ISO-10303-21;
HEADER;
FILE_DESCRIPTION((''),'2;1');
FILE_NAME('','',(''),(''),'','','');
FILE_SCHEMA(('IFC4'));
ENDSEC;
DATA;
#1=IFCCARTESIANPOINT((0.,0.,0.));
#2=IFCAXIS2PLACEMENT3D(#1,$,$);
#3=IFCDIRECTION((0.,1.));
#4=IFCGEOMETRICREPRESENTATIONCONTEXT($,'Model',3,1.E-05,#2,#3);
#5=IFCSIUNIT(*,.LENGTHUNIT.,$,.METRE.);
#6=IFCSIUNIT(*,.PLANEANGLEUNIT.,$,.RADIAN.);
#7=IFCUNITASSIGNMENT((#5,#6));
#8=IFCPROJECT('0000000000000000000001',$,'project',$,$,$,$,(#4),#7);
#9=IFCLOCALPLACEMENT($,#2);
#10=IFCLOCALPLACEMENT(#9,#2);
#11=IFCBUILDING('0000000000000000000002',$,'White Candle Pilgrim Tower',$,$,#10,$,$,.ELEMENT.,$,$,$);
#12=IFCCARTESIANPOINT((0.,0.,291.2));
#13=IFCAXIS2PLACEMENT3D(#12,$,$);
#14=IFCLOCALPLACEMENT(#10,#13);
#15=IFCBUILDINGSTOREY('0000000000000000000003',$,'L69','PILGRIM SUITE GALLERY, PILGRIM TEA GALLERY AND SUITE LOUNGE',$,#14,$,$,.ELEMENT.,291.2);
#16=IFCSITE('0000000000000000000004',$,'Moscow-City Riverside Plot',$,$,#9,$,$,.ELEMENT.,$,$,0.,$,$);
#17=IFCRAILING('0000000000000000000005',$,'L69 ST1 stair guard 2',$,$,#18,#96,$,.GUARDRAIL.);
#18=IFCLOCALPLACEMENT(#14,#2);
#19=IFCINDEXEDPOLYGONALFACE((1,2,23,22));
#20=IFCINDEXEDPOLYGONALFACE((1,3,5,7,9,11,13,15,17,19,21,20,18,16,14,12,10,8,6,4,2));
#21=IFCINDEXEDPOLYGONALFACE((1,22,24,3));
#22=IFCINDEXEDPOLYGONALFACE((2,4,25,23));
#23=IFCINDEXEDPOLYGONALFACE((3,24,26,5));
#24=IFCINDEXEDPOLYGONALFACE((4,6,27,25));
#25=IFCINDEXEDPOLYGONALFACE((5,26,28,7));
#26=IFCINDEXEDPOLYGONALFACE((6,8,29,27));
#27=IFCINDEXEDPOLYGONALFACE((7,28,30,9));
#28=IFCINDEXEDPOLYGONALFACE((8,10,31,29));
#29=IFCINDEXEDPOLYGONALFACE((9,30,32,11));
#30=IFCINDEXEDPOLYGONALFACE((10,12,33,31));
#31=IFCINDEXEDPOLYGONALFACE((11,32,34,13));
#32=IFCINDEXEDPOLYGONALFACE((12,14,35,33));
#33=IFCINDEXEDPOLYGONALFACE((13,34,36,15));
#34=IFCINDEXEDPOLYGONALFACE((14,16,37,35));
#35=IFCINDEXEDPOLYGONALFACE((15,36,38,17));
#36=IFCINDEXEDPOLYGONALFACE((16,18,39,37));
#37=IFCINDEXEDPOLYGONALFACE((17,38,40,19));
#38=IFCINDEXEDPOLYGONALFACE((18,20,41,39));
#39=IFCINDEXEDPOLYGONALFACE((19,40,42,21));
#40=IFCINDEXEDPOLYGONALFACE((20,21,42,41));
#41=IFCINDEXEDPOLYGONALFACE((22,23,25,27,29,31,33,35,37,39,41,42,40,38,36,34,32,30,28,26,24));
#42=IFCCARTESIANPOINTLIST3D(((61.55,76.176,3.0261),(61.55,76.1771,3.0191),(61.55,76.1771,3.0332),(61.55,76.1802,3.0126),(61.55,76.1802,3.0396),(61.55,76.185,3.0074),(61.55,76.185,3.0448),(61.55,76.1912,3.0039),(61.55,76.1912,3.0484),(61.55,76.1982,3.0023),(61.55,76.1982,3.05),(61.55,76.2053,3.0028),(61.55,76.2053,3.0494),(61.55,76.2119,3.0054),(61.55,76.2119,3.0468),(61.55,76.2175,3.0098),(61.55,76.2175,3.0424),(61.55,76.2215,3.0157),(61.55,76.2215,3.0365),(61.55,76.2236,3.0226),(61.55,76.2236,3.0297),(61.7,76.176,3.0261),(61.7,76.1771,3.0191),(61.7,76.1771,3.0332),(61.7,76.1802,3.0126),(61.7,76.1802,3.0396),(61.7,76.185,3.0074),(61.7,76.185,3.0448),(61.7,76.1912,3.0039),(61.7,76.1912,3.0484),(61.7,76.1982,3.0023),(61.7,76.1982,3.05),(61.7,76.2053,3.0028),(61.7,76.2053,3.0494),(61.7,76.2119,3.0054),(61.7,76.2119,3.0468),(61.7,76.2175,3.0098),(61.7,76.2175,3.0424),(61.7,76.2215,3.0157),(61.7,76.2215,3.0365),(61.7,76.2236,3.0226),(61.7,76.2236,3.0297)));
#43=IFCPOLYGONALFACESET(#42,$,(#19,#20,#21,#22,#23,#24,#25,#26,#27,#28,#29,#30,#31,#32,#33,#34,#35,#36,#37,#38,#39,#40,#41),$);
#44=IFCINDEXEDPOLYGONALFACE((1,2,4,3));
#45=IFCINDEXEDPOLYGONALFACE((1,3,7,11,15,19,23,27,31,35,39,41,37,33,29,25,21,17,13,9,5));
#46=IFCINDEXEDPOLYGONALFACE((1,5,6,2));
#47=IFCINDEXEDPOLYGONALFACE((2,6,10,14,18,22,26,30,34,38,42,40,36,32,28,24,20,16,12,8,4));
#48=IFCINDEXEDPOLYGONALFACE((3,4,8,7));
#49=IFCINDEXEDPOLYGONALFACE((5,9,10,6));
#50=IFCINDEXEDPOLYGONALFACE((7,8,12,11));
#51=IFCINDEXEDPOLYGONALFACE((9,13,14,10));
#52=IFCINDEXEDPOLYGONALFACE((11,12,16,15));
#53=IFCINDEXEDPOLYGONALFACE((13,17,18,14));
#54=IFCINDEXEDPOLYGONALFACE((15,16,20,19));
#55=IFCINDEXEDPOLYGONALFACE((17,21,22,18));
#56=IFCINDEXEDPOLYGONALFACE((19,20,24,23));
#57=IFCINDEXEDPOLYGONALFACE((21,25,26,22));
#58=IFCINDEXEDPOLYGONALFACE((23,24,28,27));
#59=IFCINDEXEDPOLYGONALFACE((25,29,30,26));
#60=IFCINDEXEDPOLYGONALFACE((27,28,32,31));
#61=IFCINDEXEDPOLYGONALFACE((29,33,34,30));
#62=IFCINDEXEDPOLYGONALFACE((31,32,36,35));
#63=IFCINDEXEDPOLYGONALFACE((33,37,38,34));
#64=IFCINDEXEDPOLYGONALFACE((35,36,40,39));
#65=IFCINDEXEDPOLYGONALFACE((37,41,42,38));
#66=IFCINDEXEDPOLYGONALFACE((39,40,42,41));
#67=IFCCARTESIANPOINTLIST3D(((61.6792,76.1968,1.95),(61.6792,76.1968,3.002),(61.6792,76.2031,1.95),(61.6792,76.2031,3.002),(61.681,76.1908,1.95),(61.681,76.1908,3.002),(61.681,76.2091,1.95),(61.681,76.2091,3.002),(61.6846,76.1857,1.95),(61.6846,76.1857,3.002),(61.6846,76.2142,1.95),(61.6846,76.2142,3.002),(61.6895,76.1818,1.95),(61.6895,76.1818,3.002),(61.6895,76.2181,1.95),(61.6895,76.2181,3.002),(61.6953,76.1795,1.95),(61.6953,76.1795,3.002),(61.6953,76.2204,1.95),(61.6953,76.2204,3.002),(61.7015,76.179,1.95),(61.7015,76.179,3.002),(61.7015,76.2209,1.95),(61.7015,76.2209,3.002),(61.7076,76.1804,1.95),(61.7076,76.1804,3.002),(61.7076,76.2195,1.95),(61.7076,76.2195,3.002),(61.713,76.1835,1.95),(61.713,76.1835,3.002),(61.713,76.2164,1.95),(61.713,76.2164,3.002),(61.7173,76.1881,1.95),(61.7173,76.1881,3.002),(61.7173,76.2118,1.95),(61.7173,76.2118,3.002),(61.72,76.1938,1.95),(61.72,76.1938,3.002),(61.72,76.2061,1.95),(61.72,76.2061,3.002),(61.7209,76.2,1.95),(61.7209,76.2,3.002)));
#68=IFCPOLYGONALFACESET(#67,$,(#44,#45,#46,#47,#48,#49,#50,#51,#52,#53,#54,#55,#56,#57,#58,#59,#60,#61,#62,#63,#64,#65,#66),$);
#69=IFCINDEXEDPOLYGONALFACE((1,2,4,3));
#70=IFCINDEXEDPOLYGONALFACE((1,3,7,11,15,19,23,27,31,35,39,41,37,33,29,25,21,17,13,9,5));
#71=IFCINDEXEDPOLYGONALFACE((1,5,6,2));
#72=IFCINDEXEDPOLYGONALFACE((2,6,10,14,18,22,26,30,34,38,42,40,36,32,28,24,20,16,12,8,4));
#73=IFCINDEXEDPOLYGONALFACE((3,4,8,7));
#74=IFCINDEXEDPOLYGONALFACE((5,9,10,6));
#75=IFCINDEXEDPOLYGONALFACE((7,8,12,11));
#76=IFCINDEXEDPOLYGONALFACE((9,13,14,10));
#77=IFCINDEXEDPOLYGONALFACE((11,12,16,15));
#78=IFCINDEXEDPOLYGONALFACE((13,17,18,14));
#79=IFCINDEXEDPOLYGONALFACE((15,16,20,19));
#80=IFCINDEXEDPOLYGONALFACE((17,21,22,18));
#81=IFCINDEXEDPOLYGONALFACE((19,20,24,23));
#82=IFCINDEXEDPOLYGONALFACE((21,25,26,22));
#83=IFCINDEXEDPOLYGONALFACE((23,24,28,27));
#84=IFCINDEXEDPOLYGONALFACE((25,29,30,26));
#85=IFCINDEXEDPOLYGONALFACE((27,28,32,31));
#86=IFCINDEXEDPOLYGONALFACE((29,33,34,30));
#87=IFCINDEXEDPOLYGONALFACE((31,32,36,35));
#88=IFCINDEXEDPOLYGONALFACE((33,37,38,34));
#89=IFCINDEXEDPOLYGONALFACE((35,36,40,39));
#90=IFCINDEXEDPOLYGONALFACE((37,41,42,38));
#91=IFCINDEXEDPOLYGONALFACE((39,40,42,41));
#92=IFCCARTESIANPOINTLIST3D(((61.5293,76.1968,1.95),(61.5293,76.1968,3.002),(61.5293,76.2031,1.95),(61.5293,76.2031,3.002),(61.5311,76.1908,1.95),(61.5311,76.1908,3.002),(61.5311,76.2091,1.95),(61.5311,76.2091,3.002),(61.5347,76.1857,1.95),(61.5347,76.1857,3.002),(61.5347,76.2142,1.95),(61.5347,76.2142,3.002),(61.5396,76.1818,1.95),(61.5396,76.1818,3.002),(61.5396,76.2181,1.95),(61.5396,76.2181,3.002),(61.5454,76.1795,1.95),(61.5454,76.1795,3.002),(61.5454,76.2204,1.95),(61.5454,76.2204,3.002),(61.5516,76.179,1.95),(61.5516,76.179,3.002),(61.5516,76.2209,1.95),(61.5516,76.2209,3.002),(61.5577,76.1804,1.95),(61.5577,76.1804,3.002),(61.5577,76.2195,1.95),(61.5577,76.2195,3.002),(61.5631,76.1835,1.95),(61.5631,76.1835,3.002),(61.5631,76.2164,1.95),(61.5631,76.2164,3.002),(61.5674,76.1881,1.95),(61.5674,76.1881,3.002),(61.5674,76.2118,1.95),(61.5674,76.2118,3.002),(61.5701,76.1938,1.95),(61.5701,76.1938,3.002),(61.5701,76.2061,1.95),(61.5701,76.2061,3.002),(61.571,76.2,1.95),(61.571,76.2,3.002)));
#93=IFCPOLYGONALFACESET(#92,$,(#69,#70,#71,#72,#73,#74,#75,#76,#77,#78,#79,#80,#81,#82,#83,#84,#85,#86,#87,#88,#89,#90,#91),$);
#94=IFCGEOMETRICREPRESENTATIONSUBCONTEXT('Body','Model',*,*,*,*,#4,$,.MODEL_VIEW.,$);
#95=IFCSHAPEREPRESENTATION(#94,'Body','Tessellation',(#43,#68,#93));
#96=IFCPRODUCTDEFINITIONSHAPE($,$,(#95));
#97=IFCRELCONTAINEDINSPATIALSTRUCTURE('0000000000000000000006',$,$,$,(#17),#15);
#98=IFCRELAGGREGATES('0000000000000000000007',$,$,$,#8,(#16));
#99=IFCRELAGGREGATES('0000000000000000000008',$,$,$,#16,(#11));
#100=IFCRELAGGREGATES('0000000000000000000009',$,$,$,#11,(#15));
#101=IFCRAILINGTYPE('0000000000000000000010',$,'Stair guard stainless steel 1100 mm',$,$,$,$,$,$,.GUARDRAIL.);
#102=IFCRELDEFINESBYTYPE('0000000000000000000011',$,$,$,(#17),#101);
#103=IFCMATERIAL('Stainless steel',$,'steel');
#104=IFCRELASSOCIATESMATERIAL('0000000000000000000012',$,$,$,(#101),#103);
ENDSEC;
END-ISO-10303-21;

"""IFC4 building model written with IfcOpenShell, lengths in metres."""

from ifc_helpers import new_model, si_unit, direction, frame, origin, origin_2d, place, context, subcontext, project, spatial, circle, extrude, material, type_object, element, save


model = new_model("IFC4")

# Units and contexts
model_context = context("Model", 3, precision=1e-05, world=origin(), true_north=direction((0.0, 1.0)))
body_context = subcontext(model_context, "Body", "Model", "MODEL_VIEW")
ifc_project = project(units=[si_unit("LENGTHUNIT", "METRE"), si_unit("PLANEANGLEUNIT", "RADIAN")], contexts=[model_context])

# Site, building, storey
site_placement = place(None, origin())
site = spatial("IfcSite", under=ifc_project, at=site_placement, Name="Moscow-City Riverside Plot", CompositionType="ELEMENT", RefElevation=0.0)
building_placement = place(site_placement, origin())
building = spatial("IfcBuilding", under=site, at=building_placement, Name="White Candle Pilgrim Tower", CompositionType="ELEMENT")
storey_placement = place(building_placement, frame((0.0, 0.0, 291.2)))
storey = spatial("IfcBuildingStorey", under=building, at=storey_placement, Name="L69", Description="PILGRIM SUITE GALLERY, PILGRIM TEA GALLERY AND SUITE LOUNGE", CompositionType="ELEMENT", Elevation=291.2)

# Shared definitions
ifc_material_1 = material(Name="Stainless steel", Category="steel")

# Railing
railing_type = type_object("IfcRailingType", Name="Stair guard stainless steel 1100 mm", PredefinedType="GUARDRAIL", material=ifc_material_1)
railing_placement = place(storey_placement, frame((61.7, 76.2, 1.95)))
element("IfcRailing", 1, at=railing_placement, inside=storey, type_object=railing_type, Name="L69 ST1 stair guard 2", PredefinedType="GUARDRAIL", context=body_context, shape_type="SweptSolid", body=[
    extrude(circle(Radius=0.0239, at=origin_2d()), frame((0.0, 0.0, 1.0762), z_axis=(-1.0, 0.0, 0.0), x_axis=(0.0, -1.0, 0.0)), (0.0, 0.0, 1.0), 0.1499),
    extrude(circle(Radius=0.021, at=origin_2d()), origin(), (0.0, 0.0, 1.0), 1.052),
    extrude(circle(Radius=0.021, at=origin_2d()), frame((-0.1499, 0.0, 0.0)), (0.0, 0.0, 1.0), 1.052),
])

save(model, "model.ifc")
